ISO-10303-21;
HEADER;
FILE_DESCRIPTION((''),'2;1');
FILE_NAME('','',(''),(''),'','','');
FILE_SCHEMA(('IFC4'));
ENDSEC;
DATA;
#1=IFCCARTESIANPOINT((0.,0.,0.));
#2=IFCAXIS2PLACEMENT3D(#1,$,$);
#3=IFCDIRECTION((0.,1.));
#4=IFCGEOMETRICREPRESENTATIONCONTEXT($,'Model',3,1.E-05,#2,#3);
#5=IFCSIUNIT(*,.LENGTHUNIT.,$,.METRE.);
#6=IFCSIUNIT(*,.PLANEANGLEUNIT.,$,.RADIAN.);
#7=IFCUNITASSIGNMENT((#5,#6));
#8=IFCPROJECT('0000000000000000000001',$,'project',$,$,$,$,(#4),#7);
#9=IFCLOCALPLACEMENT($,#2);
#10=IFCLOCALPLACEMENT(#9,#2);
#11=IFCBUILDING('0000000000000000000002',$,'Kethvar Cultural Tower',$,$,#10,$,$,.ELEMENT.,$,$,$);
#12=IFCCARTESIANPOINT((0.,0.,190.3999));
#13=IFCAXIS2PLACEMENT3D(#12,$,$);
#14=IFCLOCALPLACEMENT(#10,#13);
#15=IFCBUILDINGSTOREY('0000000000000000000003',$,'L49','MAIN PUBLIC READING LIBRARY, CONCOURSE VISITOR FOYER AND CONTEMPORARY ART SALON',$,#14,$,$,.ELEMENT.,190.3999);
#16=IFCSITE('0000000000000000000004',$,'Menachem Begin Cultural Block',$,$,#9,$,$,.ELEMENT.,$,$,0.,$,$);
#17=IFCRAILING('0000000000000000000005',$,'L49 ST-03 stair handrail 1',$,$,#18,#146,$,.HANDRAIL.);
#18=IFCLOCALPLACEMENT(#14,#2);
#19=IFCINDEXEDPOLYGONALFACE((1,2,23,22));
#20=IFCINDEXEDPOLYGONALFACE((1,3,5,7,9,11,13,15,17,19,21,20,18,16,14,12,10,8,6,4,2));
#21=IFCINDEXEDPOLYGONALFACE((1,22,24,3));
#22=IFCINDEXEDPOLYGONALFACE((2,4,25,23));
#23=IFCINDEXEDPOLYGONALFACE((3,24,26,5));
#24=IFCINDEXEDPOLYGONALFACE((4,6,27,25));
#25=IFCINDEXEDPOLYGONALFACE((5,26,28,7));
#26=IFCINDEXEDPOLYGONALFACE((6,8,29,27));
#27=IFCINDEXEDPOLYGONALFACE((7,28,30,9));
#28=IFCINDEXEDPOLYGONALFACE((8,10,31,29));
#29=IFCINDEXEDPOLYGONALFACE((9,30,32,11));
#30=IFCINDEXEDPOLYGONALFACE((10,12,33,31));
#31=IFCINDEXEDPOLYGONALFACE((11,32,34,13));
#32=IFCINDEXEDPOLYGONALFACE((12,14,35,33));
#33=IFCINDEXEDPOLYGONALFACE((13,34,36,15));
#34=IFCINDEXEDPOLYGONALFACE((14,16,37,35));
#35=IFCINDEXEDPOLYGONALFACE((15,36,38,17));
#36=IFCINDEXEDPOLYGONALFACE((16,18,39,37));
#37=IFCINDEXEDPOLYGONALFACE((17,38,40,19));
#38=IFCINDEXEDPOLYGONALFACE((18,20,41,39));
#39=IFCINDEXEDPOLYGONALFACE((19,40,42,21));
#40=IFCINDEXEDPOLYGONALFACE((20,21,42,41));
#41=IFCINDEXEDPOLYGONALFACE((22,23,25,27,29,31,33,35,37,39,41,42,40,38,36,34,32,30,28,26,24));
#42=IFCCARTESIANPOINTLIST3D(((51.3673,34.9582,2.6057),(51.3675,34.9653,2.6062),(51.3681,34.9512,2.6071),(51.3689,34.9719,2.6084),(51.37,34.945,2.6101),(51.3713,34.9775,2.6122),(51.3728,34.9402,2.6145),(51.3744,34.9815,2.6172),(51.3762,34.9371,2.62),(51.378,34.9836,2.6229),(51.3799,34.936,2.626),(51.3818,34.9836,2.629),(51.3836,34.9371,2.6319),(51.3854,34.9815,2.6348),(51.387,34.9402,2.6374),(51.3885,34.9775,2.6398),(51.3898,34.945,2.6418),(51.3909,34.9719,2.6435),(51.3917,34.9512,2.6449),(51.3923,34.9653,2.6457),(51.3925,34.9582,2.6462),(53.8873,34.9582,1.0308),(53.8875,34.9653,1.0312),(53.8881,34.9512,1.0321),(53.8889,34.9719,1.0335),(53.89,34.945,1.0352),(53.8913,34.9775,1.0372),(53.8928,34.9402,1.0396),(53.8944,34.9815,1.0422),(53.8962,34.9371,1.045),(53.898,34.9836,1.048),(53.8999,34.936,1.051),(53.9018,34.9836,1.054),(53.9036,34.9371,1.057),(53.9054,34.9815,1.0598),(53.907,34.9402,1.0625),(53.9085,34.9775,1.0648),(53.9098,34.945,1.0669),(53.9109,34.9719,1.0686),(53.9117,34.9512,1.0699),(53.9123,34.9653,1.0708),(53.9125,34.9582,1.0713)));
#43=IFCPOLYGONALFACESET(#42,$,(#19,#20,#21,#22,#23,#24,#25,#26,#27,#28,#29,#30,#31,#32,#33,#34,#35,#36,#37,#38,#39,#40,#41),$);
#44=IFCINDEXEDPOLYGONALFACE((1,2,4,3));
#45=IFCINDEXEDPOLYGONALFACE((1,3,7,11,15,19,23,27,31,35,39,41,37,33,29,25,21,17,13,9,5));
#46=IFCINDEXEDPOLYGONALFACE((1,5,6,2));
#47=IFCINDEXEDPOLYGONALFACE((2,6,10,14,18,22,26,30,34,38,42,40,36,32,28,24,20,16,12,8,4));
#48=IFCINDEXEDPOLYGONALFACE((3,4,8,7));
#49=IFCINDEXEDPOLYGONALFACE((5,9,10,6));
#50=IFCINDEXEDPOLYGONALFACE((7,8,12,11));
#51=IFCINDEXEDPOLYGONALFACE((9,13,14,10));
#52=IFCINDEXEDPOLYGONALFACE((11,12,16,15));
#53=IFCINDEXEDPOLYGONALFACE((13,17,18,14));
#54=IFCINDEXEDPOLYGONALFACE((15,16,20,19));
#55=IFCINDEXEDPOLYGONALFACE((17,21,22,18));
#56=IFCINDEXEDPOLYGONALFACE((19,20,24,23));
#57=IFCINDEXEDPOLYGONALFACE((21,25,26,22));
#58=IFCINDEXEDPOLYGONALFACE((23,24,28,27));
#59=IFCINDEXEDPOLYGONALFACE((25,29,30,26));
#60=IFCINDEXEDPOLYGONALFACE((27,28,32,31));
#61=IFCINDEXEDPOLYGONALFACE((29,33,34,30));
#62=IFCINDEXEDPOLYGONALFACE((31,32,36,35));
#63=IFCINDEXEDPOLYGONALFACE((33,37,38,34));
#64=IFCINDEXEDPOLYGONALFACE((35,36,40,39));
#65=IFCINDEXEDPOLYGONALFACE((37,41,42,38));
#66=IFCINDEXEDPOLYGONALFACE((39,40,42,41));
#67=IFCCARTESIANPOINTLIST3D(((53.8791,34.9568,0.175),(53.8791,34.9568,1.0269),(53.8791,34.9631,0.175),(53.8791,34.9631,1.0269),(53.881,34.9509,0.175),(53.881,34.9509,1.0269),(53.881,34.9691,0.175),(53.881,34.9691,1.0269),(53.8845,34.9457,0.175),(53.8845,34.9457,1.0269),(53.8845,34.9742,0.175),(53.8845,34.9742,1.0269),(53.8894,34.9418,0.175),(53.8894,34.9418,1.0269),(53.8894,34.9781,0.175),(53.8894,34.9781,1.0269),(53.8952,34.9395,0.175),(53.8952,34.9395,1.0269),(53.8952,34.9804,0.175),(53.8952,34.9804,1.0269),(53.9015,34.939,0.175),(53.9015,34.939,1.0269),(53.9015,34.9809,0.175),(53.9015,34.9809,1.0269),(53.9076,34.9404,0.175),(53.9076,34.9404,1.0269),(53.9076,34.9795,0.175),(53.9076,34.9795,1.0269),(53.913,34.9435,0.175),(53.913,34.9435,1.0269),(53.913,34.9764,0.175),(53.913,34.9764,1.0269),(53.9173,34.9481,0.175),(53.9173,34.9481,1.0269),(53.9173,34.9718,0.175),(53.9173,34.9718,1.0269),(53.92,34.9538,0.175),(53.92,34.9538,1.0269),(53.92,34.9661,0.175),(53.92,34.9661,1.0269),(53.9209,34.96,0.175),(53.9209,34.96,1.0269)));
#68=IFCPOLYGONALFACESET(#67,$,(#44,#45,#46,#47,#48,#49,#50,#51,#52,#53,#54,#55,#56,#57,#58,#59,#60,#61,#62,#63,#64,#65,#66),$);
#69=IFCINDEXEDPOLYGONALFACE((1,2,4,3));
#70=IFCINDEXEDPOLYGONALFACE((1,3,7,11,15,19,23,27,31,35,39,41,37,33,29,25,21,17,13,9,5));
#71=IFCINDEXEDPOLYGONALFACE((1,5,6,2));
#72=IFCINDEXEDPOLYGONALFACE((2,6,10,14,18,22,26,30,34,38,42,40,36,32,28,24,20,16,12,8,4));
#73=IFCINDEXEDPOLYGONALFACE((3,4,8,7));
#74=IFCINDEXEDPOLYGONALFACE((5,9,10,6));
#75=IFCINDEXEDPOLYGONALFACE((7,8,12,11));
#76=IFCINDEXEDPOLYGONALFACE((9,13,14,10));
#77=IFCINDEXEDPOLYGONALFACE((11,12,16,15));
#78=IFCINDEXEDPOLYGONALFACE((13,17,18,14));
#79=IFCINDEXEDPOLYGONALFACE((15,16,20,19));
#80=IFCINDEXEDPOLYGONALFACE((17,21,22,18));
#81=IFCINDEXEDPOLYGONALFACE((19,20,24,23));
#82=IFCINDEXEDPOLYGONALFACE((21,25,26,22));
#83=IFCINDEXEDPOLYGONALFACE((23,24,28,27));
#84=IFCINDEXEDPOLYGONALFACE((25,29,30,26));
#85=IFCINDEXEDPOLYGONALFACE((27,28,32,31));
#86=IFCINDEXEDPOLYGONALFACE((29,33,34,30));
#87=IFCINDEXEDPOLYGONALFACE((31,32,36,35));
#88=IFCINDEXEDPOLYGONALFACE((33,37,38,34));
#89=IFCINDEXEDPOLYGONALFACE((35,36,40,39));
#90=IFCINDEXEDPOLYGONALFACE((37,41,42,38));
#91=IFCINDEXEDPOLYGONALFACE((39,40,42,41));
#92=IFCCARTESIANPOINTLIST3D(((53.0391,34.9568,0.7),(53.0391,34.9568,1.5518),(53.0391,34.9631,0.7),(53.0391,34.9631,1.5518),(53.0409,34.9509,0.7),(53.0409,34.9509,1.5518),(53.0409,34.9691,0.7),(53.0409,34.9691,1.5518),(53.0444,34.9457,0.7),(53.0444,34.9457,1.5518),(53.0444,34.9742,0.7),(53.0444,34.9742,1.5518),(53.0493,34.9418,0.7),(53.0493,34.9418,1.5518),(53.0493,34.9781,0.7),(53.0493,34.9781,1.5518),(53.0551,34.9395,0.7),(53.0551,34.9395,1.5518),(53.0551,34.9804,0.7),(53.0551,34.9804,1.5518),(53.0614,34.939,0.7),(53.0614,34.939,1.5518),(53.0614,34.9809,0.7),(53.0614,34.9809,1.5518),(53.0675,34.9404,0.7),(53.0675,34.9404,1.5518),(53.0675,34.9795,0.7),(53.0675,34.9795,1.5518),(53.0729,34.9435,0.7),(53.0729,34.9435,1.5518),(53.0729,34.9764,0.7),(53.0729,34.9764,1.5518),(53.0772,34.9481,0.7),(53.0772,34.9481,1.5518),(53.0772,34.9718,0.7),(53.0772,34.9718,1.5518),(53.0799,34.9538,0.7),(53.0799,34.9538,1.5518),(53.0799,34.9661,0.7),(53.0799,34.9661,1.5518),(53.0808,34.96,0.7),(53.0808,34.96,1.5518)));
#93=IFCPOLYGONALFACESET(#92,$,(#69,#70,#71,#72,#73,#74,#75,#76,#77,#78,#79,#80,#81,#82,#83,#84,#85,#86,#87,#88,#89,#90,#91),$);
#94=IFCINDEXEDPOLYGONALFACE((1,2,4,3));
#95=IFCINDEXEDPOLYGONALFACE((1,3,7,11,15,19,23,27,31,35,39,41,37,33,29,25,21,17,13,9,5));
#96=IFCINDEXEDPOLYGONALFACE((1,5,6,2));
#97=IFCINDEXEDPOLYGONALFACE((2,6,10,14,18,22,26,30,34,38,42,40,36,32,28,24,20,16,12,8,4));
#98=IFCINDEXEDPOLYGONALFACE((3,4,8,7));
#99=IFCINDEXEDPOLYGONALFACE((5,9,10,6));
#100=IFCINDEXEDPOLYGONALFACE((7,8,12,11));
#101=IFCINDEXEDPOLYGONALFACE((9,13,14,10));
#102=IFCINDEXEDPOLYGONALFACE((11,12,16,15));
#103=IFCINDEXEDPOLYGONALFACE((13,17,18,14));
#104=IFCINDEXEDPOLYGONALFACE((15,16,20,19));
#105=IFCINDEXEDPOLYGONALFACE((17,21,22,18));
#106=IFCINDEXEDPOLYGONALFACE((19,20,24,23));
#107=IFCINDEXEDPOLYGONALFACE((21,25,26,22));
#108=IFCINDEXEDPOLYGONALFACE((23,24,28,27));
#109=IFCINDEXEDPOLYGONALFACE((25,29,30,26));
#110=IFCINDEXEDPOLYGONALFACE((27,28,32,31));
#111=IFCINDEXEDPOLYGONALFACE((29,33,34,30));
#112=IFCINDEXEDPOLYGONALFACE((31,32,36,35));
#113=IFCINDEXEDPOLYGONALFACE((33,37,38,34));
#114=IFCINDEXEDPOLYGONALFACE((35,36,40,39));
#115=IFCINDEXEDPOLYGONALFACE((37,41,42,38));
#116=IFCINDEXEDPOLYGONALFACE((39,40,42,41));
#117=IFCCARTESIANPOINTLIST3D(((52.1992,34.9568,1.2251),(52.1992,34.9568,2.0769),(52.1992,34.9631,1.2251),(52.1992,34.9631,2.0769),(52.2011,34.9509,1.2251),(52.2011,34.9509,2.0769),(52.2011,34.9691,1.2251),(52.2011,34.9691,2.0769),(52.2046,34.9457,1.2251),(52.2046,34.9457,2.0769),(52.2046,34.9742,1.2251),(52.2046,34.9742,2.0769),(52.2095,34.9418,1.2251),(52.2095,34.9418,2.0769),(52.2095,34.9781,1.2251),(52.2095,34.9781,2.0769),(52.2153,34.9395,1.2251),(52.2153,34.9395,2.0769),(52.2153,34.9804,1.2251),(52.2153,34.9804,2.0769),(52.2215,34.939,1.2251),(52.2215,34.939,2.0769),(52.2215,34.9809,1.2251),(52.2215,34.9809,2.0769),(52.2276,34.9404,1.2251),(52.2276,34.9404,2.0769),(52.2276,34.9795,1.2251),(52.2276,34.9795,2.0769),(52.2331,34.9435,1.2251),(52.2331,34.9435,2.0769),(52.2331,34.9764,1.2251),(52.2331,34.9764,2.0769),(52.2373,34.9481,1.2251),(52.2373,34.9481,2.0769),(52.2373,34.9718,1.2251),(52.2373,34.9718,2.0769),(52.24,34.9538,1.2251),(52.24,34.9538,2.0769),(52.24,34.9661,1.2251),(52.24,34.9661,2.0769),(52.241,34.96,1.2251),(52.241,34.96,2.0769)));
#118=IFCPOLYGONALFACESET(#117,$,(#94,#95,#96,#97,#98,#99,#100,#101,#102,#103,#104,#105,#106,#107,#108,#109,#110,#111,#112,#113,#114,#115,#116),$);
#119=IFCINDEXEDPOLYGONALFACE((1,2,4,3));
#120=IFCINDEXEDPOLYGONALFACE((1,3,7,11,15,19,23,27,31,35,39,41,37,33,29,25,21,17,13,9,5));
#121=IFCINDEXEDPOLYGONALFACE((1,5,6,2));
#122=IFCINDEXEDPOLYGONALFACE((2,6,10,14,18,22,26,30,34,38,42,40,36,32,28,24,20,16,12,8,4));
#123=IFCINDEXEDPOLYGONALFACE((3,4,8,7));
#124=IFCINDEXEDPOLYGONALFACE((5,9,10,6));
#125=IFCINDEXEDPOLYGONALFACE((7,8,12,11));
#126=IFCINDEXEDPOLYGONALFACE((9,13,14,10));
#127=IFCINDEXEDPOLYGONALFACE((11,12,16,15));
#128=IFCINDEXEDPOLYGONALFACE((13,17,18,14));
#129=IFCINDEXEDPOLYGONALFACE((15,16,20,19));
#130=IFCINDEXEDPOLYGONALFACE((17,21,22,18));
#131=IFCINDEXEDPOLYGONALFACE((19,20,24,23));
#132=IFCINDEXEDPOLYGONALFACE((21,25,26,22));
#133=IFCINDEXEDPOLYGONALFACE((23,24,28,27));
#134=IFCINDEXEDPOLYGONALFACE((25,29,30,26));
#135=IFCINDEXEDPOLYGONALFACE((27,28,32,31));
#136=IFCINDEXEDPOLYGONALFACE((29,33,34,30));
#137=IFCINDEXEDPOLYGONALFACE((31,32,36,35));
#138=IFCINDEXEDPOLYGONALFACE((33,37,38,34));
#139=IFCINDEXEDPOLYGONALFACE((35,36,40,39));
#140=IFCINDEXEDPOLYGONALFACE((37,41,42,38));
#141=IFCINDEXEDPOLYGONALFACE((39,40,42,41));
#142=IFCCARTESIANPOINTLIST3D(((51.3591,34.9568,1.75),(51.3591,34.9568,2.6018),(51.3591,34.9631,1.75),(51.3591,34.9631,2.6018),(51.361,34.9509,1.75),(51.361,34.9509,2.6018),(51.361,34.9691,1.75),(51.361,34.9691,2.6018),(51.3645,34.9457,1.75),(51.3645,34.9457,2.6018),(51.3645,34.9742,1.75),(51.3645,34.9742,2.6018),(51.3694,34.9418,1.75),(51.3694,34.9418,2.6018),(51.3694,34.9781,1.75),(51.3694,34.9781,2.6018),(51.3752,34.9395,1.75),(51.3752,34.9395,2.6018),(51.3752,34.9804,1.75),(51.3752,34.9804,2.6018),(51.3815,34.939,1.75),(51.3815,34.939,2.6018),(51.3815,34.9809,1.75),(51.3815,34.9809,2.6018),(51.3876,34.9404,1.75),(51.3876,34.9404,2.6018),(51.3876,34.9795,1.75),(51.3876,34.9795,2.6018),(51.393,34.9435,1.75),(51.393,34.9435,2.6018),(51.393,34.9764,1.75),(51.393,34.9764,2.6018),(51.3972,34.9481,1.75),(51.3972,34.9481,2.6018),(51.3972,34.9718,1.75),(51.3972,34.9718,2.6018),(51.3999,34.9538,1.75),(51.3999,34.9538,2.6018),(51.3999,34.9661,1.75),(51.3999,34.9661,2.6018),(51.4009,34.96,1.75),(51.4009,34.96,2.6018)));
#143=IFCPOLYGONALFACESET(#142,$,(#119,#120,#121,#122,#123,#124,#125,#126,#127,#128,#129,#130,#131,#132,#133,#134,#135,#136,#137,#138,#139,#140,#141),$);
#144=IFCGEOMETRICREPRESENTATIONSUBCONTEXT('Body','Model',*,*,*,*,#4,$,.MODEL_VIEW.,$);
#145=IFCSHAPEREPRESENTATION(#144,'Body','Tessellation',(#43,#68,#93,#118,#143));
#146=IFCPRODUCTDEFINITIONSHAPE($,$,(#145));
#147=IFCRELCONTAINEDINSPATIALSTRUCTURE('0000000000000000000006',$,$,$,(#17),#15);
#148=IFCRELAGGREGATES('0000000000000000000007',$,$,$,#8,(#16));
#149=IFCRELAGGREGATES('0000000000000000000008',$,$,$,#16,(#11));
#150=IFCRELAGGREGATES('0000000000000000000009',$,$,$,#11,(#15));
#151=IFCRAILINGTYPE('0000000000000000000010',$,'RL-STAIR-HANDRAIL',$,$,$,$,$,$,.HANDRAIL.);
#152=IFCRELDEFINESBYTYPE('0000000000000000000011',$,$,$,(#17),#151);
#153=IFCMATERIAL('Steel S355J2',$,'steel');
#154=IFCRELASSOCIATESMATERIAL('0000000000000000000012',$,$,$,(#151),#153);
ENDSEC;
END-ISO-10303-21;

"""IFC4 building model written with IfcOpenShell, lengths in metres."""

from ifc_helpers import new_model, si_unit, direction, frame, origin, origin_2d, place, context, subcontext, project, spatial, circle, extrude, material, type_object, element, save


model = new_model("IFC4")

# Units and contexts
model_context = context("Model", 3, precision=1e-05, world=origin(), true_north=direction((0.0, 1.0)))
body_context = subcontext(model_context, "Body", "Model", "MODEL_VIEW")
ifc_project = project(units=[si_unit("LENGTHUNIT", "METRE"), si_unit("PLANEANGLEUNIT", "RADIAN")], contexts=[model_context])

# Site, building, storey
site_placement = place(None, origin())
site = spatial("IfcSite", under=ifc_project, at=site_placement, Name="Menachem Begin Cultural Block", CompositionType="ELEMENT", RefElevation=0.0)
building_placement = place(site_placement, origin())
building = spatial("IfcBuilding", under=site, at=building_placement, Name="Kethvar Cultural Tower", CompositionType="ELEMENT")
storey_placement = place(building_placement, frame((0.0, 0.0, 190.3999)))
storey = spatial("IfcBuildingStorey", under=building, at=storey_placement, Name="L49", Description="MAIN PUBLIC READING LIBRARY, CONCOURSE VISITOR FOYER AND CONTEMPORARY ART SALON", CompositionType="ELEMENT", Elevation=190.3999)

# Shared definitions
ifc_material_1 = material(Name="Steel S355J2", Category="steel")

# Railing
railing_type_1 = type_object("IfcRailingType", Name="RL-STAIR-HANDRAIL", PredefinedType="HANDRAIL", material=ifc_material_1)
railing_1_placement = place(storey_placement, frame((53.8999, 34.96, 0.175)))
element("IfcRailing", 1, at=railing_1_placement, inside=storey, type_object=railing_type_1, Name="L49 ST-03 stair handrail 1", PredefinedType="HANDRAIL", context=body_context, shape_type="SweptSolid", body=[
    extrude(circle(Radius=0.0239, at=origin_2d()), frame((0.0, 0.0, 0.876), z_axis=(-0.848008, 0.0, 0.529984), x_axis=(0.0, -1.0, 0.0)), (0.0, 0.0, 1.0), 2.9717),
    extrude(circle(Radius=0.021, at=origin_2d()), origin(), (0.0, 0.0, 1.0), 0.8518),
    extrude(circle(Radius=0.021, at=origin_2d()), frame((-0.8401, 0.0, 0.5249)), (0.0, 0.0, 1.0), 0.8518),
    extrude(circle(Radius=0.021, at=origin_2d()), frame((-1.6799, 0.0, 1.05)), (0.0, 0.0, 1.0), 0.8518),
    extrude(circle(Radius=0.021, at=origin_2d()), frame((-2.52, 0.0, 1.575)), (0.0, 0.0, 1.0), 0.8518),
])

save(model, "model.ifc")
